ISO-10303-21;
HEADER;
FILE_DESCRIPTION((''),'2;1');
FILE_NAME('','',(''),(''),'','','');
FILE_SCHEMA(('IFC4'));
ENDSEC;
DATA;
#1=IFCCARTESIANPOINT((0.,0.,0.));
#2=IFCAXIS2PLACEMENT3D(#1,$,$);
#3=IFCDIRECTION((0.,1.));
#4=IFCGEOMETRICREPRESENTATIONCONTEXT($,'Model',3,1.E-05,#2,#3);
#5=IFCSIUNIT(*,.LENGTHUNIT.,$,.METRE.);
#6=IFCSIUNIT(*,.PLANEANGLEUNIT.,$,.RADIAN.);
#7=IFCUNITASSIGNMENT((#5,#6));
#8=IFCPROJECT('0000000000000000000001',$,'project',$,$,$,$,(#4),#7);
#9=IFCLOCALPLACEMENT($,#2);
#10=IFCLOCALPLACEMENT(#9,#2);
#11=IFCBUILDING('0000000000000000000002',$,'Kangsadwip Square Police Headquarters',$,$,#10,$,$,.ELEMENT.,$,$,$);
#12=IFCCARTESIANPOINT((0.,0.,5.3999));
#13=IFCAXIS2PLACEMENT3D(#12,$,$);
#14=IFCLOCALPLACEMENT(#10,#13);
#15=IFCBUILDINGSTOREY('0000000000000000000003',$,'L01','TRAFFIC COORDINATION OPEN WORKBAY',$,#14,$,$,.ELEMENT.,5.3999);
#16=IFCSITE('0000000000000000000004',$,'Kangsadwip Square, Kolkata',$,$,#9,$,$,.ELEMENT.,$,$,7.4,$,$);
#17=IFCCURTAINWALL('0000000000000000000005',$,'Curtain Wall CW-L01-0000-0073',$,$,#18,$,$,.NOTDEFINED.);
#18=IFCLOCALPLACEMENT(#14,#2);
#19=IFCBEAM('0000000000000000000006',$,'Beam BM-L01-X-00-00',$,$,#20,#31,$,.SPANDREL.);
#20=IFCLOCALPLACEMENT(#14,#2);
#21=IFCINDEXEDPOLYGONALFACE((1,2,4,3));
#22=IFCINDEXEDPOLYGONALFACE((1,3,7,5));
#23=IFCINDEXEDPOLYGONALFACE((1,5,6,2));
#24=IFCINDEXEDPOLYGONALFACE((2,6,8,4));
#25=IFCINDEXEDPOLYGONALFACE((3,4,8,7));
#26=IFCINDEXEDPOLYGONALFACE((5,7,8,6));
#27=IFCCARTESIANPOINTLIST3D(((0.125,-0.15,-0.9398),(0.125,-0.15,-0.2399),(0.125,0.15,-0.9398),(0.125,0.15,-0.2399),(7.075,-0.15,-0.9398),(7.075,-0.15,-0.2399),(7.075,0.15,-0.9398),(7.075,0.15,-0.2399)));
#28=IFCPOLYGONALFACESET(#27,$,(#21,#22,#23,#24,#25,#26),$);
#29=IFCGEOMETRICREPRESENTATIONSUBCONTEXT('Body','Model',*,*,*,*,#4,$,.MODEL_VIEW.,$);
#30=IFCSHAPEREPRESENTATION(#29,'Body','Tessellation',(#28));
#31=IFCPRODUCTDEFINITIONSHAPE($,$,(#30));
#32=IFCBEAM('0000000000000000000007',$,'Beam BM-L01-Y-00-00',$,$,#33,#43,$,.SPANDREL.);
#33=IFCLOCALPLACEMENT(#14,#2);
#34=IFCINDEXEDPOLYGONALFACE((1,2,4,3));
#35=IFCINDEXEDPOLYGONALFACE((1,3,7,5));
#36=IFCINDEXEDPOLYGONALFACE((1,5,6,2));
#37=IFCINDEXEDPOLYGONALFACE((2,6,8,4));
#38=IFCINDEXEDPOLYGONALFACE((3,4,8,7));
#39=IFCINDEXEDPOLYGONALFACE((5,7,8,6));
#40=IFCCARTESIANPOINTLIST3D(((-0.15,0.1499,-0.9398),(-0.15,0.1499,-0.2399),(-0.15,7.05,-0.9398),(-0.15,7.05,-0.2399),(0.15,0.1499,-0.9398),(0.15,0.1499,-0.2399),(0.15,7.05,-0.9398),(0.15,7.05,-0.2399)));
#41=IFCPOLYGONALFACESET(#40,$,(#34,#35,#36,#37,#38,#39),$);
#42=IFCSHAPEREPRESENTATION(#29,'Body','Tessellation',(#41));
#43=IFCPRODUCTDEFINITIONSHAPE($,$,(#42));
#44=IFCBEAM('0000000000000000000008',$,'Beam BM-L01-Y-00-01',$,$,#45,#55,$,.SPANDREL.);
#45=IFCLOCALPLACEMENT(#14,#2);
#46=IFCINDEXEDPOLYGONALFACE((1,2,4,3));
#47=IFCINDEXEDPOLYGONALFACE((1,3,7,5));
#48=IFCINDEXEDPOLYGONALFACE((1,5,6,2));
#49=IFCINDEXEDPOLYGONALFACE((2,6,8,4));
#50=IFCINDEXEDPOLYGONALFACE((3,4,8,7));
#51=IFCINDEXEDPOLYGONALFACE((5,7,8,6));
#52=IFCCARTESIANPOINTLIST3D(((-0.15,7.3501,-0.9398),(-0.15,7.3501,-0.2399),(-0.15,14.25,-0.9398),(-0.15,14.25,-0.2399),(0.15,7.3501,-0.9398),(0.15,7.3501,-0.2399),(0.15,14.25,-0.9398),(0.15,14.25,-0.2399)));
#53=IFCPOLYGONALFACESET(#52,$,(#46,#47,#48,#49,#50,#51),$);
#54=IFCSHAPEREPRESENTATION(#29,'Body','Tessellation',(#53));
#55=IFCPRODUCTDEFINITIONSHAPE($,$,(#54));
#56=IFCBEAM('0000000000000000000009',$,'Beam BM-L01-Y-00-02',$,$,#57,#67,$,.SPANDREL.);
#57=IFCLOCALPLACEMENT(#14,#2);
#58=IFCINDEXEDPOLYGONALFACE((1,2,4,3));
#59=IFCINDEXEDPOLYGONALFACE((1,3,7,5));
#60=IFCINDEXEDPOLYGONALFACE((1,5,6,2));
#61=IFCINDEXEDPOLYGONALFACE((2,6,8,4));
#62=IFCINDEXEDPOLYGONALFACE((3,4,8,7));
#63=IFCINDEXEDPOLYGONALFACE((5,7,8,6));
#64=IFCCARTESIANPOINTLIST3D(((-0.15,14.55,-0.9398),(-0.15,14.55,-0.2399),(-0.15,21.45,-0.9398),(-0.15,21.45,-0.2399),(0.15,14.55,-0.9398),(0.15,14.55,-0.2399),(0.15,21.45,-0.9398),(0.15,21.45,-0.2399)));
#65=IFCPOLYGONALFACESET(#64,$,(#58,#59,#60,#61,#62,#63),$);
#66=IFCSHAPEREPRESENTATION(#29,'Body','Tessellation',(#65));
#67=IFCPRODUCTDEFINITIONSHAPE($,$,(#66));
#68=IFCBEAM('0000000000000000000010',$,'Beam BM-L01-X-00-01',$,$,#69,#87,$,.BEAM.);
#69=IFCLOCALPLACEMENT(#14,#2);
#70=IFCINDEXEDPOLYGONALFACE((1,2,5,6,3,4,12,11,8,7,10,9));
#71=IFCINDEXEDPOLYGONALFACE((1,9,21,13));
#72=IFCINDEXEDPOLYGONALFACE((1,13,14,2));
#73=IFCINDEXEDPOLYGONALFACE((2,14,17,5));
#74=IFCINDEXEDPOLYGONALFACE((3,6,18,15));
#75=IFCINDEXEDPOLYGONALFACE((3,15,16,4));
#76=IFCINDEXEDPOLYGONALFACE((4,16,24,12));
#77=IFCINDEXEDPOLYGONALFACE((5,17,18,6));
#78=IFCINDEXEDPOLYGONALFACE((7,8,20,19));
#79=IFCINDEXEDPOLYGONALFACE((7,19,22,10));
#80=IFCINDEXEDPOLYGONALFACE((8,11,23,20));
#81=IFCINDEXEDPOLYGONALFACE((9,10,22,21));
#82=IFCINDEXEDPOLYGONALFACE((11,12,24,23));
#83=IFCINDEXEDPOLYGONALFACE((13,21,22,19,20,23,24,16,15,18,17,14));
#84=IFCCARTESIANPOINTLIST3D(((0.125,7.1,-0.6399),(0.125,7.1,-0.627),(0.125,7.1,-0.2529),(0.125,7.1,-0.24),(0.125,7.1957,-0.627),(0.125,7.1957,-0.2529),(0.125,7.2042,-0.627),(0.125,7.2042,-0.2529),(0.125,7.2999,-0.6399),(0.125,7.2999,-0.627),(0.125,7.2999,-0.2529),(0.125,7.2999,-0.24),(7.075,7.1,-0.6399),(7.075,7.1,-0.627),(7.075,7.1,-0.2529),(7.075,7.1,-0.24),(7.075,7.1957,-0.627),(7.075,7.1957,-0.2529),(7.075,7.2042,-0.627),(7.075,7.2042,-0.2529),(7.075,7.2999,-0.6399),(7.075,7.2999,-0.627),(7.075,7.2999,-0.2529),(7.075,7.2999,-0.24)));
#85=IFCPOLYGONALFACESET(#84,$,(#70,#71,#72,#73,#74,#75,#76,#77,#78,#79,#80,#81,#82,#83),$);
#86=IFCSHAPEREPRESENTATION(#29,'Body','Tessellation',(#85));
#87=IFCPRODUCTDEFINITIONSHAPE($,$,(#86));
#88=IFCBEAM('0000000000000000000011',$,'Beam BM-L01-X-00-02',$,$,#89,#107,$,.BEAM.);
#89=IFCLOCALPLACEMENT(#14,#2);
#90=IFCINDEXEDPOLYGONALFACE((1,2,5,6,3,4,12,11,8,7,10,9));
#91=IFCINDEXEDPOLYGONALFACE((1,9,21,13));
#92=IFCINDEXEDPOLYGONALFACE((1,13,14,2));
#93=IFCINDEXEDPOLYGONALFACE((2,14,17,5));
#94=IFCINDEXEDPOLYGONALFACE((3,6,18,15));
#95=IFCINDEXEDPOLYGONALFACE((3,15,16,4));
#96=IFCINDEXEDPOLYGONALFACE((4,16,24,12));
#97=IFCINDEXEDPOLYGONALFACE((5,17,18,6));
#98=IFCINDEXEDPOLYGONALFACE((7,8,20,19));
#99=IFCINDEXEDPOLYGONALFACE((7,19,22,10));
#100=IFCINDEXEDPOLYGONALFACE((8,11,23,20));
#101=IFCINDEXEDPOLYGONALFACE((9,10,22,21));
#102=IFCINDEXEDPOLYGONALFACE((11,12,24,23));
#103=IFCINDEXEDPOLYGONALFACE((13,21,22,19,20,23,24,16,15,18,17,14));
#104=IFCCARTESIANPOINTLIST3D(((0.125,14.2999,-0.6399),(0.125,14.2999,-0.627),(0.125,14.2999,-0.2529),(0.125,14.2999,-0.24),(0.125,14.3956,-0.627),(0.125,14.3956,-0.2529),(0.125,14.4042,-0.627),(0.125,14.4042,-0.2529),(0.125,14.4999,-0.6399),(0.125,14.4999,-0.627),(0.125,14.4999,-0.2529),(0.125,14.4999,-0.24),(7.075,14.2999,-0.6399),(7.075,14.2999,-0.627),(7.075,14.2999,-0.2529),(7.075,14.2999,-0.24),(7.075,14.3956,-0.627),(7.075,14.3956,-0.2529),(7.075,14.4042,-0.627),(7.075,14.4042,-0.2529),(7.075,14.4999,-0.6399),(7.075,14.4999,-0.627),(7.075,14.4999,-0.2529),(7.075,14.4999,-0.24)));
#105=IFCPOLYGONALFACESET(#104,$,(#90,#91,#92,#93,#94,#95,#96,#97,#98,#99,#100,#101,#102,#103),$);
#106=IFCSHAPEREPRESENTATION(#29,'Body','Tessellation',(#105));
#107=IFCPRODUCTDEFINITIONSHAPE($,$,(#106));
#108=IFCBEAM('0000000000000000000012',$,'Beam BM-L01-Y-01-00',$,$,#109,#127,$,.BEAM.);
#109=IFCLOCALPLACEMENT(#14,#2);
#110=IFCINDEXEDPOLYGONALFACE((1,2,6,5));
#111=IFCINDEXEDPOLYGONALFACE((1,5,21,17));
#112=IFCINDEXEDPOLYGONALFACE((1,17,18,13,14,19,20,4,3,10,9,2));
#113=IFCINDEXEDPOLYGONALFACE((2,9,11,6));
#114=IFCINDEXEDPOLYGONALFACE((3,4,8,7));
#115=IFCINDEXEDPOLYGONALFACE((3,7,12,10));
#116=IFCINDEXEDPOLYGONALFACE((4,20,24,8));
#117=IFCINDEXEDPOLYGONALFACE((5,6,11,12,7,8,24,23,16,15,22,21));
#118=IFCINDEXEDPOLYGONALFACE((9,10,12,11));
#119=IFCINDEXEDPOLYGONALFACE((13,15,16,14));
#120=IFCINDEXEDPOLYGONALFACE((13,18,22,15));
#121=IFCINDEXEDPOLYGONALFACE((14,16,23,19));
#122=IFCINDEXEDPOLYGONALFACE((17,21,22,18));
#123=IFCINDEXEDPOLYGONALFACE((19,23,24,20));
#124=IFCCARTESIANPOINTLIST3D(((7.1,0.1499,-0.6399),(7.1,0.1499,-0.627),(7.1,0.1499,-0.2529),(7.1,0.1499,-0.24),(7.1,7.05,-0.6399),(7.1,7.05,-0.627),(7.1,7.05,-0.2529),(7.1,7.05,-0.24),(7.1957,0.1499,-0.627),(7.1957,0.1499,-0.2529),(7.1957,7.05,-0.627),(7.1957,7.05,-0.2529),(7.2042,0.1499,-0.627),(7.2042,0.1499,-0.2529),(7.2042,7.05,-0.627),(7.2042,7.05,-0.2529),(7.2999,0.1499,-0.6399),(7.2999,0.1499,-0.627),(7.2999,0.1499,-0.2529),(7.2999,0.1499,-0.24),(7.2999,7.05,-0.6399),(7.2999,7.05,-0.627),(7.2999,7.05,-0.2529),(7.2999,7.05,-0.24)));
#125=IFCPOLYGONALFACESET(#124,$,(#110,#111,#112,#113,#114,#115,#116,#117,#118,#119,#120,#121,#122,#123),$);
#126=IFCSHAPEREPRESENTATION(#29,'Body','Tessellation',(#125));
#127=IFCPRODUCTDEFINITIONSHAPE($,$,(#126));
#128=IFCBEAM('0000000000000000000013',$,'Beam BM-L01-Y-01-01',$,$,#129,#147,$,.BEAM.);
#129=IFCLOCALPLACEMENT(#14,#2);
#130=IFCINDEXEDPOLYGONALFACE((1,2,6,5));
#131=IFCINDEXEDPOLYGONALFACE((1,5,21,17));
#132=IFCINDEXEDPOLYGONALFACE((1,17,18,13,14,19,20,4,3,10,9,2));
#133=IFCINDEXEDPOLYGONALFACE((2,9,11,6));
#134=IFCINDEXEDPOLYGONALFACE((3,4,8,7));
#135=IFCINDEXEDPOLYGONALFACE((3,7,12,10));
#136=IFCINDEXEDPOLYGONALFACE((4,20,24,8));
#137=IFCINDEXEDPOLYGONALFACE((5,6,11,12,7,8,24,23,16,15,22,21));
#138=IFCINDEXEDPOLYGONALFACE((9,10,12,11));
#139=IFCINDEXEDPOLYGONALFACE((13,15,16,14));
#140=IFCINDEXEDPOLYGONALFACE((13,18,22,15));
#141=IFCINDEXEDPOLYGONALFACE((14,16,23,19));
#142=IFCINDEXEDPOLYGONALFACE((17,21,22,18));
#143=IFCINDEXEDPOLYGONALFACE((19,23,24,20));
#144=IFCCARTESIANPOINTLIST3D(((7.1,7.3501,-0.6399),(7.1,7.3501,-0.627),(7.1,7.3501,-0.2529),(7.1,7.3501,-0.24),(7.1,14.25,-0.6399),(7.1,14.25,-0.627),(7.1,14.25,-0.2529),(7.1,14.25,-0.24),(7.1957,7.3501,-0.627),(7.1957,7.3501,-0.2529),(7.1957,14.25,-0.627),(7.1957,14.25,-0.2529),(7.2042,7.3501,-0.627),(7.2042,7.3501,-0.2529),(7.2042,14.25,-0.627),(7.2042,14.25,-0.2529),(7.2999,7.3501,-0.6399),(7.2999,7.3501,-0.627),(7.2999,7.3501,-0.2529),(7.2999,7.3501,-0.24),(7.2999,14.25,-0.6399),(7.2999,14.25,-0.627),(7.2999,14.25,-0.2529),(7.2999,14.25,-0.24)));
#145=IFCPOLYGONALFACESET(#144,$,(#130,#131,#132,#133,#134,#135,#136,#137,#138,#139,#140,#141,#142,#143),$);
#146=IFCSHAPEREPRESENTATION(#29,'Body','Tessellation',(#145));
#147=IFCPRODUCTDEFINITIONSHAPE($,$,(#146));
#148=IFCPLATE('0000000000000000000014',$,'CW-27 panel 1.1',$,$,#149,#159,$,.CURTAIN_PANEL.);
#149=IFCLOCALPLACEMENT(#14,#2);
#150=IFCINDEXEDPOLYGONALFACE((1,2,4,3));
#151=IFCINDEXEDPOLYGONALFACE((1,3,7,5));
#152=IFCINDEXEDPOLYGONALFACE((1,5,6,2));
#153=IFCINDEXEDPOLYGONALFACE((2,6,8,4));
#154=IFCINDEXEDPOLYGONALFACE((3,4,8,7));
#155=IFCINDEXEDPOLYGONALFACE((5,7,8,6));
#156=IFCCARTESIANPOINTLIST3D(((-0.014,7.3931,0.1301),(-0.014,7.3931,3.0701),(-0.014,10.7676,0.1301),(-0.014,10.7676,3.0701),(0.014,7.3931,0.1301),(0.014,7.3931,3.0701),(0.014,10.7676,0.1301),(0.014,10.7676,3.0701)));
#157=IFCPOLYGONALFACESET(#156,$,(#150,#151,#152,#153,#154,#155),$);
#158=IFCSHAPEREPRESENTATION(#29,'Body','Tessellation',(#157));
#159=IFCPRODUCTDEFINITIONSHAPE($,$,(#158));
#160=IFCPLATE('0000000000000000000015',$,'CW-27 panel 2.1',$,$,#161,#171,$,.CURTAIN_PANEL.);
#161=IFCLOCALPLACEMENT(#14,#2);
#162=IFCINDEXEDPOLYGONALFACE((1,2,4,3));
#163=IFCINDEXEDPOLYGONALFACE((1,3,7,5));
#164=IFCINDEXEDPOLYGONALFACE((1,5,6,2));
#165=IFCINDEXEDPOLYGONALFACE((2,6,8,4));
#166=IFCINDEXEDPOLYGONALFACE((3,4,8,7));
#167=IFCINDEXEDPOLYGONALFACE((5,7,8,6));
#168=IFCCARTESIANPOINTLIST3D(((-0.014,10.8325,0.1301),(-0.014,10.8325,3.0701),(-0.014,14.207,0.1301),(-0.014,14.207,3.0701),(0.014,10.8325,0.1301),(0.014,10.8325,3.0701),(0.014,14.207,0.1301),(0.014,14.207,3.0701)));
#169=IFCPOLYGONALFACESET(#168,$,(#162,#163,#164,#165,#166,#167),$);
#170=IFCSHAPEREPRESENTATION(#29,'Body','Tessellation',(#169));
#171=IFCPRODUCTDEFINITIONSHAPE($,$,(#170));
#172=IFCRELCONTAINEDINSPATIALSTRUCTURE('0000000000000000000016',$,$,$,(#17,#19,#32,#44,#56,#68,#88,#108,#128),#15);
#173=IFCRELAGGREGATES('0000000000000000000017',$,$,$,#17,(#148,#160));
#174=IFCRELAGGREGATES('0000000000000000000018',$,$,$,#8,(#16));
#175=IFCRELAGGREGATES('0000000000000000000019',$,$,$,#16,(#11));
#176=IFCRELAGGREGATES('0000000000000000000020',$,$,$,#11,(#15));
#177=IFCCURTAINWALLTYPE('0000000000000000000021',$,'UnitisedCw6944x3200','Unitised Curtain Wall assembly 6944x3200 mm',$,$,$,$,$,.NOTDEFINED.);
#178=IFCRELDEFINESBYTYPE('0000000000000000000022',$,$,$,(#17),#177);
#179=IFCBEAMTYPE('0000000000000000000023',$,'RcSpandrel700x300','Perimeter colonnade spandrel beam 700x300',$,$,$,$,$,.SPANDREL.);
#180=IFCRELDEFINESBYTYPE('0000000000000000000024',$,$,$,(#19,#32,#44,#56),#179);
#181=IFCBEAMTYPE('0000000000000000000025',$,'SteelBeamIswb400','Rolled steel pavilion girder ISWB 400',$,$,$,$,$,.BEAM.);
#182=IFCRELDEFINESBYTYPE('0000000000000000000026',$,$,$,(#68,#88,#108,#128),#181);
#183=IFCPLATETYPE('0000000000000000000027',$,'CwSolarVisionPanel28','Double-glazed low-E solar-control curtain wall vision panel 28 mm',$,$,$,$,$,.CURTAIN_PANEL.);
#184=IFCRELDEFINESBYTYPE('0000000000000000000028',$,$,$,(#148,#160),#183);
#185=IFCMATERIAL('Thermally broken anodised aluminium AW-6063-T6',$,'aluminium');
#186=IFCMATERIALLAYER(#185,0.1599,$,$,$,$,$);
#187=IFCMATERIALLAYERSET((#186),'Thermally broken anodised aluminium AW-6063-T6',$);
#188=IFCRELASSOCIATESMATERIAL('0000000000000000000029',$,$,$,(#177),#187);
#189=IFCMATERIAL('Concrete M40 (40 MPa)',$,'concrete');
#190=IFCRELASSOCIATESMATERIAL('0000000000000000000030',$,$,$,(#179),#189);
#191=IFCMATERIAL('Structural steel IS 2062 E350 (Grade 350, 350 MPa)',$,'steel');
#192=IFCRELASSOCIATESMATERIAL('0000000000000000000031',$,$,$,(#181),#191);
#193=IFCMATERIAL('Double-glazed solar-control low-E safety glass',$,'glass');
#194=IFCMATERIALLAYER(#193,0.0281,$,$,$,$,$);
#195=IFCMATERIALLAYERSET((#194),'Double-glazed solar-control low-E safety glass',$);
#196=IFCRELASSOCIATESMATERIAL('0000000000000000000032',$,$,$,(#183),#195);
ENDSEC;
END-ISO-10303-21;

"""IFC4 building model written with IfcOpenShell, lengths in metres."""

from ifc_helpers import new_model, si_unit, direction, frame, origin, origin_2d, place, context, subcontext, project, spatial, rectangle, i_section, extrude, material, layer, layer_set, material_profile, profile_set, type_object, element, aggregate, save


model = new_model("IFC4")

# Units and contexts
model_context = context("Model", 3, precision=1e-05, world=origin(), true_north=direction((0.0, 1.0)))
body_context = subcontext(model_context, "Body", "Model", "MODEL_VIEW")
ifc_project = project(units=[si_unit("LENGTHUNIT", "METRE"), si_unit("PLANEANGLEUNIT", "RADIAN")], contexts=[model_context])

# Site, building, storey
site_placement = place(None, origin())
site = spatial("IfcSite", under=ifc_project, at=site_placement, Name="Kangsadwip Square, Kolkata", CompositionType="ELEMENT", RefElevation=7.4)
building_placement = place(site_placement, origin())
building = spatial("IfcBuilding", under=site, at=building_placement, Name="Kangsadwip Square Police Headquarters", CompositionType="ELEMENT")
storey_placement = place(building_placement, frame((0.0, 0.0, 5.3999)))
storey = spatial("IfcBuildingStorey", under=building, at=storey_placement, Name="L01", Description="TRAFFIC COORDINATION OPEN WORKBAY", CompositionType="ELEMENT", Elevation=5.3999)

# Curtain wall
ifc_material_1 = material(Name="Thermally broken anodised aluminium AW-6063-T6", Category="aluminium")
ifc_layer_1 = layer(ifc_material_1, 0.1599)
ifc_layer_set_1 = layer_set([ifc_layer_1], Name="Thermally broken anodised aluminium AW-6063-T6")
curtain_wall_type = type_object("IfcCurtainWallType", Name="UnitisedCw6944x3200", Description="Unitised Curtain Wall assembly 6944x3200 mm", PredefinedType="NOTDEFINED", material=ifc_layer_set_1)
curtain_wall_placement = place(storey_placement, origin())
curtain_wall = element("IfcCurtainWall", 1, at=curtain_wall_placement, inside=storey, type_object=curtain_wall_type, Name="Curtain Wall CW-L01-0000-0073", PredefinedType="NOTDEFINED")

# Beams
ifc_material_2 = material(Name="Concrete M40 (40 MPa)", Category="concrete")
ifc_material_profile_1 = material_profile(ifc_material_2, rectangle(XDim=0.3, YDim=0.7, at=origin_2d()), Name="RC SPN 700X300")
ifc_profile_set_1 = profile_set([ifc_material_profile_1], Name="Concrete M40 (40 MPa)")
beam_type_1 = type_object("IfcBeamType", Name="RcSpandrel700x300", Description="Perimeter colonnade spandrel beam 700x300", PredefinedType="SPANDREL", material=ifc_profile_set_1)
beam_1_placement = place(storey_placement, frame((0.125, 0.0, -0.5898), z_axis=(1.0, 0.0, 0.0), x_axis=(0.0, 1.0, 0.0)))
element("IfcBeam", 2, at=beam_1_placement, inside=storey, type_object=beam_type_1, Name="Beam BM-L01-X-00-00", PredefinedType="SPANDREL", context=body_context, shape_type="SweptSolid", body=[
    extrude(rectangle(XDim=0.3, YDim=0.7, at=origin_2d()), origin(), (0.0, 0.0, 1.0), 6.95),
])
beam_2_placement = place(storey_placement, frame((0.0, 0.1499, -0.5898), z_axis=(0.0, 1.0, 0.0), x_axis=(-1.0, 0.0, 0.0)))
element("IfcBeam", 3, at=beam_2_placement, inside=storey, type_object=beam_type_1, Name="Beam BM-L01-Y-00-00", PredefinedType="SPANDREL", context=body_context, shape_type="SweptSolid", body=[
    extrude(rectangle(XDim=0.3, YDim=0.7, at=origin_2d()), origin(), (0.0, 0.0, 1.0), 6.9001),
])
for number, where, z_axis, x_axis, name in (
    (4, (0.0, 7.3501, -0.5898), (0.0, 1.0, 0.0), (-1.0, 0.0, 0.0), "Beam BM-L01-Y-00-01"),
    (5, (0.0, 14.55, -0.5898), (0.0, 1.0, 0.0), (-1.0, 0.0, 0.0), "Beam BM-L01-Y-00-02"),
):
    element("IfcBeam", number, at=place(storey_placement, frame(where, z_axis=z_axis, x_axis=x_axis)), inside=storey, type_object=beam_type_1, Name=name, PredefinedType="SPANDREL", context=body_context, shape_type="SweptSolid", body=[
        extrude(rectangle(XDim=0.3, YDim=0.7, at=origin_2d()), origin(), (0.0, 0.0, 1.0), 6.8999),
    ])
ifc_material_3 = material(Name="Structural steel IS 2062 E350 (Grade 350, 350 MPa)", Category="steel")
ifc_material_profile_2 = material_profile(ifc_material_3, i_section(OverallWidth=0.2, OverallDepth=0.3999, WebThickness=0.0085, FlangeThickness=0.0129, at=origin_2d()), Name="ISWB 400")
ifc_profile_set_2 = profile_set([ifc_material_profile_2], Name="Structural steel IS 2062 E350 (Grade 350, 350 MPa)")
beam_type_2 = type_object("IfcBeamType", Name="SteelBeamIswb400", Description="Rolled steel pavilion girder ISWB 400", PredefinedType="BEAM", material=ifc_profile_set_2)
for number, where, z_axis, x_axis, name in (
    (6, (0.125, 7.2, -0.4399), (1.0, 0.0, 0.0), (0.0, 1.0, 0.0), "Beam BM-L01-X-00-01"),
    (7, (0.125, 14.3999, -0.4399), (1.0, 0.0, 0.0), (0.0, 1.0, 0.0), "Beam BM-L01-X-00-02"),
):
    element("IfcBeam", number, at=place(storey_placement, frame(where, z_axis=z_axis, x_axis=x_axis)), inside=storey, type_object=beam_type_2, Name=name, PredefinedType="BEAM", context=body_context, shape_type="SweptSolid", body=[
        extrude(i_section(OverallWidth=0.2, OverallDepth=0.3999, WebThickness=0.0085, FlangeThickness=0.0129, at=origin_2d()), origin(), (0.0, 0.0, 1.0), 6.95),
    ])
beam_3_placement = place(storey_placement, frame((7.2, 0.1499, -0.4399), z_axis=(0.0, 1.0, 0.0), x_axis=(-1.0, 0.0, 0.0)))
element("IfcBeam", 8, at=beam_3_placement, inside=storey, type_object=beam_type_2, Name="Beam BM-L01-Y-01-00", PredefinedType="BEAM", context=body_context, shape_type="SweptSolid", body=[
    extrude(i_section(OverallWidth=0.2, OverallDepth=0.3999, WebThickness=0.0085, FlangeThickness=0.0129, at=origin_2d()), origin(), (0.0, 0.0, 1.0), 6.9001),
])
beam_4_placement = place(storey_placement, frame((7.2, 7.3501, -0.4399), z_axis=(0.0, 1.0, 0.0), x_axis=(-1.0, 0.0, 0.0)))
element("IfcBeam", 9, at=beam_4_placement, inside=storey, type_object=beam_type_2, Name="Beam BM-L01-Y-01-01", PredefinedType="BEAM", context=body_context, shape_type="SweptSolid", body=[
    extrude(i_section(OverallWidth=0.2, OverallDepth=0.3999, WebThickness=0.0085, FlangeThickness=0.0129, at=origin_2d()), origin(), (0.0, 0.0, 1.0), 6.8999),
])

# Plates
ifc_material_4 = material(Name="Double-glazed solar-control low-E safety glass", Category="glass")
ifc_layer_2 = layer(ifc_material_4, 0.0281)
ifc_layer_set_2 = layer_set([ifc_layer_2], Name="Double-glazed solar-control low-E safety glass")
plate_type = type_object("IfcPlateType", Name="CwSolarVisionPanel28", Description="Double-glazed low-E solar-control curtain wall vision panel 28 mm", PredefinedType="CURTAIN_PANEL", material=ifc_layer_set_2)
plate_1_placement = place(storey_placement, frame((0.0, 9.0803, 0.1301), z_axis=(0.0, 0.0, 1.0), x_axis=(0.0, 1.0, 0.0)))
plate_1 = element("IfcPlate", 10, at=plate_1_placement, type_object=plate_type, Name="CW-27 panel 1.1", PredefinedType="CURTAIN_PANEL", context=body_context, shape_type="SweptSolid", body=[
    extrude(rectangle(XDim=3.3745, YDim=0.0281, at=origin_2d()), origin(), (0.0, 0.0, 1.0), 2.9399),
])
plate_2_placement = place(storey_placement, frame((0.0, 12.5198, 0.1301), z_axis=(0.0, 0.0, 1.0), x_axis=(0.0, 1.0, 0.0)))
plate_2 = element("IfcPlate", 11, at=plate_2_placement, type_object=plate_type, Name="CW-27 panel 2.1", PredefinedType="CURTAIN_PANEL", context=body_context, shape_type="SweptSolid", body=[
    extrude(rectangle(XDim=3.3745, YDim=0.0281, at=origin_2d()), origin(), (0.0, 0.0, 1.0), 2.9399),
])
aggregate(curtain_wall, [plate_1, plate_2])

save(model, "model.ifc")
